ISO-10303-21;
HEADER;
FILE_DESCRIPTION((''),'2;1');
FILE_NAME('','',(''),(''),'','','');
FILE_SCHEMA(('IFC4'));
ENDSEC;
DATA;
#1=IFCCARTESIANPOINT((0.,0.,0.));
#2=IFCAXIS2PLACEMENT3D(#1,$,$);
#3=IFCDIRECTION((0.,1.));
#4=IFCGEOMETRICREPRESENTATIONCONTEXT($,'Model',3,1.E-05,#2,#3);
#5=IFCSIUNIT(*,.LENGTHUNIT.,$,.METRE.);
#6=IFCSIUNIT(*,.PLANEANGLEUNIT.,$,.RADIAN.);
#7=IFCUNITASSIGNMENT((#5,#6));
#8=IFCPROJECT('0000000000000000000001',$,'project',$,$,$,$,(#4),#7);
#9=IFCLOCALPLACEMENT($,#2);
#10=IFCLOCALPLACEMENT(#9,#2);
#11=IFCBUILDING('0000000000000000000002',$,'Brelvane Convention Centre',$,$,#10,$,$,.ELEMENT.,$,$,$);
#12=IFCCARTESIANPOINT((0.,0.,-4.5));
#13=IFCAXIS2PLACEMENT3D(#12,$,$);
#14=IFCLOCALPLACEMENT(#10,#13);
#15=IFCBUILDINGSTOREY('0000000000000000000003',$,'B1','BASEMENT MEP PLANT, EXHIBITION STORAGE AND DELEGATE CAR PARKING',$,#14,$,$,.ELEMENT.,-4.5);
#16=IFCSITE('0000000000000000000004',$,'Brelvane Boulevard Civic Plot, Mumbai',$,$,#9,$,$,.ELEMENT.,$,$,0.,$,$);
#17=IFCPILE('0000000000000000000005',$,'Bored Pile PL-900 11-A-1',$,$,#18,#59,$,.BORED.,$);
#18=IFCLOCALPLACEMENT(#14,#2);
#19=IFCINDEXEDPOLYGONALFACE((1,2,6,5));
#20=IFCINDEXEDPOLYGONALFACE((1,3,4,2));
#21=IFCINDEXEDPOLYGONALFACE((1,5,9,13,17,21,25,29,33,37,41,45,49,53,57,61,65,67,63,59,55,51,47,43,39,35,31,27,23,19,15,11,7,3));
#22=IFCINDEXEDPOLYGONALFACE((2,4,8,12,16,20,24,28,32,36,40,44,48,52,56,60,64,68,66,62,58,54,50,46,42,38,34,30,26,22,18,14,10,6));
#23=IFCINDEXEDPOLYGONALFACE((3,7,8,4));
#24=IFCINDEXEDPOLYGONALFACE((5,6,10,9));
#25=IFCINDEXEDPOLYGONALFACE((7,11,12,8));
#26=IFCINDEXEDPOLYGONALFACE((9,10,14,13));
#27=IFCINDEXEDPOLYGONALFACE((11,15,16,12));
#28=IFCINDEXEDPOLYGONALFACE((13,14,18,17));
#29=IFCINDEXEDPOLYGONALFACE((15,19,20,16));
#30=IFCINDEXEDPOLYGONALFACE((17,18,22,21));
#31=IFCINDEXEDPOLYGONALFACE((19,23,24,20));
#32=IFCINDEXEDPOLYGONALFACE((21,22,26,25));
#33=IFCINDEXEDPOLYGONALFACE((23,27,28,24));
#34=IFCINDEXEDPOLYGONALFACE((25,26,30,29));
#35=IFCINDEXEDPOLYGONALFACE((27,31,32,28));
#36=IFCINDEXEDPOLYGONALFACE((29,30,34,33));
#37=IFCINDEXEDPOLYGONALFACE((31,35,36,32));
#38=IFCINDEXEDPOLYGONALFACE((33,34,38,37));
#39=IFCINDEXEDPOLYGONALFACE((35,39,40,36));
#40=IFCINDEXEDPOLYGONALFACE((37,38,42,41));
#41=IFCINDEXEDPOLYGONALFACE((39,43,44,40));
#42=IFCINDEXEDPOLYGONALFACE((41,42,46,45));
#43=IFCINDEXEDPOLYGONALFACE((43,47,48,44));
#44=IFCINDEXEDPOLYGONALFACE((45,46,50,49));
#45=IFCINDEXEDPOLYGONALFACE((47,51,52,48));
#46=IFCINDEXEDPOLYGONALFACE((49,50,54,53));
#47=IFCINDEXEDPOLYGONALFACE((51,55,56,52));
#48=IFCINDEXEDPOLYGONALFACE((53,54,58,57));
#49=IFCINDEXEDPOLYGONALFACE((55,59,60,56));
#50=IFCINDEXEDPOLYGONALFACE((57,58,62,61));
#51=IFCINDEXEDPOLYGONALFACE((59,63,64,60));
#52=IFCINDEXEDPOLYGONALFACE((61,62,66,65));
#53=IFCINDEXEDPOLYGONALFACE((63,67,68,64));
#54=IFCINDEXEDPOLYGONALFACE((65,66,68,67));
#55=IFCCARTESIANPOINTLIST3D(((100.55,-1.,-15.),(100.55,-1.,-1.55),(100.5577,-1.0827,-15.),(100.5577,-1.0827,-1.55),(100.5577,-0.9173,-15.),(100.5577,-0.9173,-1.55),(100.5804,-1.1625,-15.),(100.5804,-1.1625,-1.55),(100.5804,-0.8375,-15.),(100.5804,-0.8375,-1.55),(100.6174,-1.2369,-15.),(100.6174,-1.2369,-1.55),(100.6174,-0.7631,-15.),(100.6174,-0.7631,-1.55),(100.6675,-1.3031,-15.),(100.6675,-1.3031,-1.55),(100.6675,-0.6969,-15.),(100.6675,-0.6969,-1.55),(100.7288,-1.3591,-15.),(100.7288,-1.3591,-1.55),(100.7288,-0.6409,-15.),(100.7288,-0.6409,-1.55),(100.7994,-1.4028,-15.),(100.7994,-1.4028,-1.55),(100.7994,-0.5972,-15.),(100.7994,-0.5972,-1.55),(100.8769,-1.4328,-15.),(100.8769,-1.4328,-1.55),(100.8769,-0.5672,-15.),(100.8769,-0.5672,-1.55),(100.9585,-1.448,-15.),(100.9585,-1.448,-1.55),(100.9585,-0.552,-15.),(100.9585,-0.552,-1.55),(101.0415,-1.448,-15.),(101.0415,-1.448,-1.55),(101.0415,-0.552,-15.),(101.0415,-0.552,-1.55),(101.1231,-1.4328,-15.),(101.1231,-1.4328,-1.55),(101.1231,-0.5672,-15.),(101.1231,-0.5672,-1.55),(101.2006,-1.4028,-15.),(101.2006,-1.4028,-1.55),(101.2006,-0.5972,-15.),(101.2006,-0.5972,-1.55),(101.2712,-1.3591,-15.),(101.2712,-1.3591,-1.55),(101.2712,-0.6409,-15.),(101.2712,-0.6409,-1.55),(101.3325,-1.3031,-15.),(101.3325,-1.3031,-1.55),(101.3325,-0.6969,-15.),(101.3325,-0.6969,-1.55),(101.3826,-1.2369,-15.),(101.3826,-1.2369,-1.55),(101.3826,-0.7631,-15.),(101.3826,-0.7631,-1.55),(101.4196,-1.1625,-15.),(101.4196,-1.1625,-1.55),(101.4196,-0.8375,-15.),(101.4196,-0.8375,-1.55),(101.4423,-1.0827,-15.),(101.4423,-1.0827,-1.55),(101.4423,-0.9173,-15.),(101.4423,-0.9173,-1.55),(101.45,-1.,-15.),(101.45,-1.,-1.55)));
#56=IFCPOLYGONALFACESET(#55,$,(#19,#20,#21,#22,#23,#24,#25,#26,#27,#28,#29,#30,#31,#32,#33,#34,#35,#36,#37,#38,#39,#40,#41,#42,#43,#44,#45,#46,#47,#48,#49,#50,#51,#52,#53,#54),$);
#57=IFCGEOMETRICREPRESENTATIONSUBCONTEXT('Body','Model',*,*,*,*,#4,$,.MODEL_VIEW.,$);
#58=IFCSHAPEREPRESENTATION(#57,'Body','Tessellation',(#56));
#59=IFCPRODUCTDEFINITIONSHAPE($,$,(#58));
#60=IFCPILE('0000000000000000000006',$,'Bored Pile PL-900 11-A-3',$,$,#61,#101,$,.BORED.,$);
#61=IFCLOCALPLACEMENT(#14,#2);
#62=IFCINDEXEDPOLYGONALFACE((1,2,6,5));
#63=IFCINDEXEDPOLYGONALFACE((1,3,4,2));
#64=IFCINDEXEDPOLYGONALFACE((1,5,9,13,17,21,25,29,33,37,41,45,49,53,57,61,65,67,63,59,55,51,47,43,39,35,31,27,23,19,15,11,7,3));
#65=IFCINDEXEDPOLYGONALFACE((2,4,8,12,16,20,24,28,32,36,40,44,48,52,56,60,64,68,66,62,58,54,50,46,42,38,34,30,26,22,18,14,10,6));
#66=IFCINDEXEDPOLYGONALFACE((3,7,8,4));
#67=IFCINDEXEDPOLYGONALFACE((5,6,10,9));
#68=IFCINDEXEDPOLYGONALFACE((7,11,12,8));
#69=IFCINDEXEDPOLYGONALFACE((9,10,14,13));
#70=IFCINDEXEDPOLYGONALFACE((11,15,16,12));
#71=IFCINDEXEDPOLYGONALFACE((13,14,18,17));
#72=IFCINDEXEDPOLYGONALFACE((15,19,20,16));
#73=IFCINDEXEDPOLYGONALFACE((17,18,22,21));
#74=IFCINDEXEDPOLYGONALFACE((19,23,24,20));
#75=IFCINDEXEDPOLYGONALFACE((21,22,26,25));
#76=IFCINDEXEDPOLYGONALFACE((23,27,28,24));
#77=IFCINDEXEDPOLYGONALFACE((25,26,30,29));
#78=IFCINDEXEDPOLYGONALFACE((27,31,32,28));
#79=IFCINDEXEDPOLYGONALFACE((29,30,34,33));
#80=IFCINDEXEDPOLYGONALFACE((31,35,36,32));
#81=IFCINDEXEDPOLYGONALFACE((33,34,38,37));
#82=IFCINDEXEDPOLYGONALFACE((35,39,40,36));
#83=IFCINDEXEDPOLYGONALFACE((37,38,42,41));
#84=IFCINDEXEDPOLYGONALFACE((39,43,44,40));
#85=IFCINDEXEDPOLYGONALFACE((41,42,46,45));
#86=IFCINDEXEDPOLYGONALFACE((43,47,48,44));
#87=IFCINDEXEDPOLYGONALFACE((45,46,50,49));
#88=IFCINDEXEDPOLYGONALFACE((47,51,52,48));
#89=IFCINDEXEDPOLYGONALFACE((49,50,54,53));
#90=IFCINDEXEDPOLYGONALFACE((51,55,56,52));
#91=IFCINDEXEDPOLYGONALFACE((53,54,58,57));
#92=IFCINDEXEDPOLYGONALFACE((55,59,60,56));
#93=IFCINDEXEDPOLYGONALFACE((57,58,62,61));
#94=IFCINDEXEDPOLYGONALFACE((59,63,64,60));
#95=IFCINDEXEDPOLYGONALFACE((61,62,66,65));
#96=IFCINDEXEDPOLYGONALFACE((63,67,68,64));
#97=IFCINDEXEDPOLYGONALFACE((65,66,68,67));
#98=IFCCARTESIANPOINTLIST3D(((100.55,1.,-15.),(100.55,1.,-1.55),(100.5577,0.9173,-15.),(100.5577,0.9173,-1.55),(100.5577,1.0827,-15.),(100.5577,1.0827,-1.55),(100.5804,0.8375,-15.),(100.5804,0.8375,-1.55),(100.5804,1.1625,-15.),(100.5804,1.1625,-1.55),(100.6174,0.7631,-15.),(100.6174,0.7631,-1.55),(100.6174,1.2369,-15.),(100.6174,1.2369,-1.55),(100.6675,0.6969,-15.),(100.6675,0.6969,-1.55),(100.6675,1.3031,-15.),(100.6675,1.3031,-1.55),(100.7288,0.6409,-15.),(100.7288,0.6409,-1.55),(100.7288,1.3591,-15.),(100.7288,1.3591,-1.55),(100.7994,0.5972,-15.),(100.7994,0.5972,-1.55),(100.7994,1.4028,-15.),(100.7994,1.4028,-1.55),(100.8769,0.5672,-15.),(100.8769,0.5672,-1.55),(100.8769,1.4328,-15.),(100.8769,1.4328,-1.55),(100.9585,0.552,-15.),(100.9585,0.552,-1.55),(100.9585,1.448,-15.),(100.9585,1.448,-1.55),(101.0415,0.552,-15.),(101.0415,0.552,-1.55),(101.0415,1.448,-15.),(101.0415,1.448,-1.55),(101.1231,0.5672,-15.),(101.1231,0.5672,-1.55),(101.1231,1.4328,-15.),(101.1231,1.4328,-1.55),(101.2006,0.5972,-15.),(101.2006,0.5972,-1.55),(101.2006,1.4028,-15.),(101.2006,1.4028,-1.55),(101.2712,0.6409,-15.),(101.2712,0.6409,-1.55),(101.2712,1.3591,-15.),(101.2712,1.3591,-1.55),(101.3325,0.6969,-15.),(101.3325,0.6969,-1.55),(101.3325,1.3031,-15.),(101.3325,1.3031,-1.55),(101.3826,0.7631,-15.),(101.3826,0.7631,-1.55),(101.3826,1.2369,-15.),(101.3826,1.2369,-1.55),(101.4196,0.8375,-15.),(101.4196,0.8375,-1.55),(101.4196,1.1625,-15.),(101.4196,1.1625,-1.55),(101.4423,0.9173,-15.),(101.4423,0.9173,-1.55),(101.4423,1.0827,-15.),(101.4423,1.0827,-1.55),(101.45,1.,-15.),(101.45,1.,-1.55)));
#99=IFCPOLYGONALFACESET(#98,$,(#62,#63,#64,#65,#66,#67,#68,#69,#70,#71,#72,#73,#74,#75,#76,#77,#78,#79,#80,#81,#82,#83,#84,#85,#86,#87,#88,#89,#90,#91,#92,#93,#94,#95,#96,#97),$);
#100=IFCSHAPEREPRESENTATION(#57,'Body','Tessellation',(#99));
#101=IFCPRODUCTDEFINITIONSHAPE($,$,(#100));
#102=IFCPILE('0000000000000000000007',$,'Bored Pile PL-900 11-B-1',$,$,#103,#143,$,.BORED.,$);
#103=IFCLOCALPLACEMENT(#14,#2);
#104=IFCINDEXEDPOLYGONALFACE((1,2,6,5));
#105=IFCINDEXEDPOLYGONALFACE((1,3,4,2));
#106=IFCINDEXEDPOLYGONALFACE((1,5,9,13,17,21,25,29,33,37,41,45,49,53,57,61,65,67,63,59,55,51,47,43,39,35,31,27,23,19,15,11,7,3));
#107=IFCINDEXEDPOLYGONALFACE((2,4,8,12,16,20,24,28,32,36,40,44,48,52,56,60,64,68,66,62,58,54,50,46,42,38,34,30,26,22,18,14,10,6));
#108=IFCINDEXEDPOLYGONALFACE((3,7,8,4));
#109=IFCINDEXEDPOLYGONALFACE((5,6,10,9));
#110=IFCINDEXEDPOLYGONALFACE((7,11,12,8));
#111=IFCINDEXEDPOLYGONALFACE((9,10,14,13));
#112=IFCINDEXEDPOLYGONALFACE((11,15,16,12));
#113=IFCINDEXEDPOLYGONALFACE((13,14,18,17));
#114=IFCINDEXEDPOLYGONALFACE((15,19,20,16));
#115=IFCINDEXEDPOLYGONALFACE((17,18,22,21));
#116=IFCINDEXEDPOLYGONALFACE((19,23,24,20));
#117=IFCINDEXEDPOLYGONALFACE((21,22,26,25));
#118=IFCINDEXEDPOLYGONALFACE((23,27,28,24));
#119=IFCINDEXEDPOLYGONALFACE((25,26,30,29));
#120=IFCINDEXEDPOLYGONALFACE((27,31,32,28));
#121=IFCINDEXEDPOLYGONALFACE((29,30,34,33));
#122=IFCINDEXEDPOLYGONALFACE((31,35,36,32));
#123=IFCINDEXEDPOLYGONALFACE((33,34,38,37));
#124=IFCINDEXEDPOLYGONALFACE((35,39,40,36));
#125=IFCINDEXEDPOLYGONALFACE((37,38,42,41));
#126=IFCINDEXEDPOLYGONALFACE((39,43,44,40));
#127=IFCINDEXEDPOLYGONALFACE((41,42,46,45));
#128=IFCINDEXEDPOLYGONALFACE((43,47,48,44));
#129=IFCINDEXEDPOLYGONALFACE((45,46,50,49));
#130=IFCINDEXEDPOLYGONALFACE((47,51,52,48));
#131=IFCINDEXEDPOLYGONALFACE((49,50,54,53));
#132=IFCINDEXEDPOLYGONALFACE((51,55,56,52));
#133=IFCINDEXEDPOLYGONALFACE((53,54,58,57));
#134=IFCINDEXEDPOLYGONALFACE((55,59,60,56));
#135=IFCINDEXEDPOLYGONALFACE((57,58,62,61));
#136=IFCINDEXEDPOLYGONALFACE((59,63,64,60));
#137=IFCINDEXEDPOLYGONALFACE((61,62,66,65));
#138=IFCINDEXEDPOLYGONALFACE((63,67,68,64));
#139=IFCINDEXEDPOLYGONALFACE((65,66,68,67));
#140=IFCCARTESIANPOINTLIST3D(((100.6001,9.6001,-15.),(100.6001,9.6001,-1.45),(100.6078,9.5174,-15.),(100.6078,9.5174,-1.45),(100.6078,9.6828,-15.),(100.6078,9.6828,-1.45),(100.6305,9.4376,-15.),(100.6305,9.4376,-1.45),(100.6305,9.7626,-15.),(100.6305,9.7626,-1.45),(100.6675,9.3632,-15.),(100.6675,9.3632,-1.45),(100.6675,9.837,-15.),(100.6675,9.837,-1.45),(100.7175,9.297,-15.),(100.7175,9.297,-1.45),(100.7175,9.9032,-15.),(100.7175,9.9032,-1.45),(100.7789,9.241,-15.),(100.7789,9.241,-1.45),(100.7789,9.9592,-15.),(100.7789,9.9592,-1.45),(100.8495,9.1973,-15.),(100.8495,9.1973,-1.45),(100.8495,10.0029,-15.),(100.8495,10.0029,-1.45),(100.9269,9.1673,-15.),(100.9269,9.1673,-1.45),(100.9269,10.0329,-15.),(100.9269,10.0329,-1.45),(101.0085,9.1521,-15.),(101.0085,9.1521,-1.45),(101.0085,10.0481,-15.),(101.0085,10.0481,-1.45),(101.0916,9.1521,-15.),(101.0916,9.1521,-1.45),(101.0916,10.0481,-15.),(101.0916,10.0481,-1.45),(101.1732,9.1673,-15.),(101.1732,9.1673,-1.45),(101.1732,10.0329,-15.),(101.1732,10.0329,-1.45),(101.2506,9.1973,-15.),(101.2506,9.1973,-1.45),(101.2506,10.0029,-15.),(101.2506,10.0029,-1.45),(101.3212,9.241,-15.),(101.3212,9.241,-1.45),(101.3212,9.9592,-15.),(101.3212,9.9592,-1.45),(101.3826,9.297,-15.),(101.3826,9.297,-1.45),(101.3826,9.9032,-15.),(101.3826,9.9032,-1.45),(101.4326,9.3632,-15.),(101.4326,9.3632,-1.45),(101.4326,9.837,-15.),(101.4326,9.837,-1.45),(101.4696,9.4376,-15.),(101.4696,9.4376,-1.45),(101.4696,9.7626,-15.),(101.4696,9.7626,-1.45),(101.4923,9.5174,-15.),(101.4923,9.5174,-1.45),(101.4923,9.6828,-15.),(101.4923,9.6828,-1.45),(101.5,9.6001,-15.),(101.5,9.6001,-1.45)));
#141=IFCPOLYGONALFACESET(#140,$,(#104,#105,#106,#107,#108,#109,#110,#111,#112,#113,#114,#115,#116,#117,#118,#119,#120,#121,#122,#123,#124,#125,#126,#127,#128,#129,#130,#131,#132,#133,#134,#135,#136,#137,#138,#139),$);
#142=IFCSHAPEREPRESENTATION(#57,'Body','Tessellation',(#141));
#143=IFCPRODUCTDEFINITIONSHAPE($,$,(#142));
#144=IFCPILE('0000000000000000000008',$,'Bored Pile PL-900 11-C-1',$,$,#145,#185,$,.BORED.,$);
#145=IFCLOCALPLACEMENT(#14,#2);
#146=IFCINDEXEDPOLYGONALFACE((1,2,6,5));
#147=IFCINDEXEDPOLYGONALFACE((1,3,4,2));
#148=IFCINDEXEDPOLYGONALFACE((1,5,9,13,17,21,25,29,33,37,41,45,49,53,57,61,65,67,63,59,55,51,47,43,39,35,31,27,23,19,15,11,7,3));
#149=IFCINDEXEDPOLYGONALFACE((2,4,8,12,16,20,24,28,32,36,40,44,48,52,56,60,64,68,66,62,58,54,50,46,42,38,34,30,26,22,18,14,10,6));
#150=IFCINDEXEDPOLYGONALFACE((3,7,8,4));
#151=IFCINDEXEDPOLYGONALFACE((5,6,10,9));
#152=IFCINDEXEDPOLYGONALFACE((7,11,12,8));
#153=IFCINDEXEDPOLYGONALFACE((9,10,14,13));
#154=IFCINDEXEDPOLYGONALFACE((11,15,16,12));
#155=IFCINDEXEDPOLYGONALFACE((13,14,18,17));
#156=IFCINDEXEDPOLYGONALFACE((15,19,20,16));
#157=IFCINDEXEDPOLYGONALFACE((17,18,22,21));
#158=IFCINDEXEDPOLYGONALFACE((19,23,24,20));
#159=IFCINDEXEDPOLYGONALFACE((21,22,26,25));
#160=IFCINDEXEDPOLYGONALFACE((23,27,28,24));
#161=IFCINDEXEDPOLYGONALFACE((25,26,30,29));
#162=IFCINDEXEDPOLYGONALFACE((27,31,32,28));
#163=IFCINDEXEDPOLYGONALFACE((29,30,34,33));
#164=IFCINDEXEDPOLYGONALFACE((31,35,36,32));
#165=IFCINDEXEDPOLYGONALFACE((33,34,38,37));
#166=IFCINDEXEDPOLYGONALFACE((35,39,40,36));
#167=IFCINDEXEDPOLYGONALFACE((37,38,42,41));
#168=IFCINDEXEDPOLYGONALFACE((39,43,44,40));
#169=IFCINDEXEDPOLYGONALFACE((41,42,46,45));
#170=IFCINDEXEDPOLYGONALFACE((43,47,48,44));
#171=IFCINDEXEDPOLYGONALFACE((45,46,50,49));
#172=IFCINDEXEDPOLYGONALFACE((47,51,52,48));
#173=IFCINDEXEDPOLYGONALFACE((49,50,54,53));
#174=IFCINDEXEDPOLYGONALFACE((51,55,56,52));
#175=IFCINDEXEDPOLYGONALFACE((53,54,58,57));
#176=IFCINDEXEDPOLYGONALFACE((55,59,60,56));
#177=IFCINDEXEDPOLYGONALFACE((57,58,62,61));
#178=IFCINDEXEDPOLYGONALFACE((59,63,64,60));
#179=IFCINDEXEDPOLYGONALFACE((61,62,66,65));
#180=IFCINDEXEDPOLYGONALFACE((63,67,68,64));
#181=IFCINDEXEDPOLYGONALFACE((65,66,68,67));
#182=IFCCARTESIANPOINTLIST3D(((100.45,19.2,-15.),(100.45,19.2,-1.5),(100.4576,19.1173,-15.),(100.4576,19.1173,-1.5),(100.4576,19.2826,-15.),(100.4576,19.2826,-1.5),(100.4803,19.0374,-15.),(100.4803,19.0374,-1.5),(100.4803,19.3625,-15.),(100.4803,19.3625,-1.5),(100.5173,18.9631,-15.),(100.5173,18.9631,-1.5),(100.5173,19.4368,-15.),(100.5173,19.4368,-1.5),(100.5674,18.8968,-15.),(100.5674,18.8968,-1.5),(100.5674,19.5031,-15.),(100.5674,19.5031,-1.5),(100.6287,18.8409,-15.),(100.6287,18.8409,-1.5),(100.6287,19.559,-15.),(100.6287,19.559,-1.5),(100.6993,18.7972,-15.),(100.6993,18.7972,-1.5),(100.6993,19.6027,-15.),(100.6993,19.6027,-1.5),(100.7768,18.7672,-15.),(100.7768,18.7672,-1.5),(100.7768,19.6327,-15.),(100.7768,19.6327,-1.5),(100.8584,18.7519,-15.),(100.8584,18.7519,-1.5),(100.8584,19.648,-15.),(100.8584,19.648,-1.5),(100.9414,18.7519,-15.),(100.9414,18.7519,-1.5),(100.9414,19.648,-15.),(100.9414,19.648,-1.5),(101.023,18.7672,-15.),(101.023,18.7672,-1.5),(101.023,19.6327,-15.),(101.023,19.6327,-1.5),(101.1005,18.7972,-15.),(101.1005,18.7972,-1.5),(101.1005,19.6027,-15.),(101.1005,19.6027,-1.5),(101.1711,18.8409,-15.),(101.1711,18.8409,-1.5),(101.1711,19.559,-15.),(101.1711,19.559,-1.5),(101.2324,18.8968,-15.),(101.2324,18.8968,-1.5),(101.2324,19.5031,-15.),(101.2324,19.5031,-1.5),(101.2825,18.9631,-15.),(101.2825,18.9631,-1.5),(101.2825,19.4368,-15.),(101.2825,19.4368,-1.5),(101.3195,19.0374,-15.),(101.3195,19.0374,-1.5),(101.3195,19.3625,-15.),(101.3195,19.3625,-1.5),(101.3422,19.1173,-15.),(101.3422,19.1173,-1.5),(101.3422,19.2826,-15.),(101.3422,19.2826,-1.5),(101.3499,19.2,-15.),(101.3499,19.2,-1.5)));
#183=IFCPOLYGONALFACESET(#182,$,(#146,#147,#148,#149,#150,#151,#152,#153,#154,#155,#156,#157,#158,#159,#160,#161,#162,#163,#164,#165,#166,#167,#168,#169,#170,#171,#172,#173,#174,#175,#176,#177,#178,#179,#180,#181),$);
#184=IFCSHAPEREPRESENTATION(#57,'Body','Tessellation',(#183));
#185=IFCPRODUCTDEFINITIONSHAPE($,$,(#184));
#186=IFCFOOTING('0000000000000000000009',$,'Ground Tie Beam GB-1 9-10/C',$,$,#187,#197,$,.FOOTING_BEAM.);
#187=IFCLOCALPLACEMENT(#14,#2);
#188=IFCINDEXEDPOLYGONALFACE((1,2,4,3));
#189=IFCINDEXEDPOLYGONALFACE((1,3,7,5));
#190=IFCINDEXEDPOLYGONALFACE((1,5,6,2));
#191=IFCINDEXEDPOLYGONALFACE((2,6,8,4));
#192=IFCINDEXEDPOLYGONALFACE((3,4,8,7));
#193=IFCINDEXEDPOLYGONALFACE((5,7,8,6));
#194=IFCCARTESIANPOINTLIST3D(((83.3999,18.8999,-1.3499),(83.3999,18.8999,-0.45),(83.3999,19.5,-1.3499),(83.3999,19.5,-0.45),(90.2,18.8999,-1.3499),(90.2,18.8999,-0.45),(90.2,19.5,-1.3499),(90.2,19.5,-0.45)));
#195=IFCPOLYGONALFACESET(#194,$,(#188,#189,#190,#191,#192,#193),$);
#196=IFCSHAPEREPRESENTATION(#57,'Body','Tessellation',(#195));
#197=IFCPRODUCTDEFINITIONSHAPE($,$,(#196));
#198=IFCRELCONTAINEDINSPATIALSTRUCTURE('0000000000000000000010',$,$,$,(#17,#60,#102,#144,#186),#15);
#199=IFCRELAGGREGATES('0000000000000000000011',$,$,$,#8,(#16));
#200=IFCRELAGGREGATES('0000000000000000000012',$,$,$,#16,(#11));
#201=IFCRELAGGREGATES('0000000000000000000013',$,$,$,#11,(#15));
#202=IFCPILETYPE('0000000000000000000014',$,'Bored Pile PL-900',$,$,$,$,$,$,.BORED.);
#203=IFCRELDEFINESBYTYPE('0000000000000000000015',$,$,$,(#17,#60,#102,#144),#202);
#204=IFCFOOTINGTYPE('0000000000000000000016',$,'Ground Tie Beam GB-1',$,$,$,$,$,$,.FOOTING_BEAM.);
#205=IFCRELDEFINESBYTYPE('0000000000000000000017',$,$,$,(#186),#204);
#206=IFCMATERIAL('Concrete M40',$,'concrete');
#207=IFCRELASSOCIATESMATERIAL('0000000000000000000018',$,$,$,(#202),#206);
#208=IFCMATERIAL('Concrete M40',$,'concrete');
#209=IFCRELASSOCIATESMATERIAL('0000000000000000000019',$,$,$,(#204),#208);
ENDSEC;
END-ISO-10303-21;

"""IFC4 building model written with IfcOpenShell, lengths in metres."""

from ifc_helpers import new_model, si_unit, direction, frame, origin, origin_2d, place, context, subcontext, project, spatial, rectangle, circle, extrude, material, material_profile, profile_set, type_object, element, save


model = new_model("IFC4")

# Units and contexts
model_context = context("Model", 3, precision=1e-05, world=origin(), true_north=direction((0.0, 1.0)))
body_context = subcontext(model_context, "Body", "Model", "MODEL_VIEW")
ifc_project = project(units=[si_unit("LENGTHUNIT", "METRE"), si_unit("PLANEANGLEUNIT", "RADIAN")], contexts=[model_context])

# Site, building, storey
site_placement = place(None, origin())
site = spatial("IfcSite", under=ifc_project, at=site_placement, Name="Brelvane Boulevard Civic Plot, Mumbai", CompositionType="ELEMENT", RefElevation=0.0)
building_placement = place(site_placement, origin())
building = spatial("IfcBuilding", under=site, at=building_placement, Name="Brelvane Convention Centre", CompositionType="ELEMENT")
storey_placement = place(building_placement, frame((0.0, 0.0, -4.5)))
storey = spatial("IfcBuildingStorey", under=building, at=storey_placement, Name="B1", Description="BASEMENT MEP PLANT, EXHIBITION STORAGE AND DELEGATE CAR PARKING", CompositionType="ELEMENT", Elevation=-4.5)

# Piles
ifc_material_1 = material(Name="Concrete M40", Category="concrete")
ifc_material_profile_1 = material_profile(ifc_material_1, circle(Radius=0.45, at=origin_2d()), Name="PILE D900")
ifc_profile_set_1 = profile_set([ifc_material_profile_1], Name="Concrete M40")
pile_type = type_object("IfcPileType", Name="Bored Pile PL-900", PredefinedType="BORED", material=ifc_profile_set_1)
for number, where, z_axis, x_axis, name in (
    (1, (101.0, -1.0, -1.55), (0.0, 0.0, -1.0), (1.0, 0.0, 0.0), "Bored Pile PL-900 11-A-1"),
    (2, (101.0, 1.0, -1.55), (0.0, 0.0, -1.0), (1.0, 0.0, 0.0), "Bored Pile PL-900 11-A-3"),
):
    element("IfcPile", number, at=place(storey_placement, frame(where, z_axis=z_axis, x_axis=x_axis)), inside=storey, type_object=pile_type, Name=name, PredefinedType="BORED", context=body_context, shape_type="SweptSolid", body=[
        extrude(circle(Radius=0.45, at=origin_2d()), origin(), (0.0, 0.0, 1.0), 13.45),
    ])
pile_1_placement = place(storey_placement, frame((101.05, 9.6001, -1.45), z_axis=(0.0, 0.0, -1.0), x_axis=(1.0, 0.0, 0.0)))
element("IfcPile", 3, at=pile_1_placement, inside=storey, type_object=pile_type, Name="Bored Pile PL-900 11-B-1", PredefinedType="BORED", context=body_context, shape_type="SweptSolid", body=[
    extrude(circle(Radius=0.45, at=origin_2d()), origin(), (0.0, 0.0, 1.0), 13.55),
])
pile_2_placement = place(storey_placement, frame((100.8999, 19.2, -1.5), z_axis=(0.0, 0.0, -1.0), x_axis=(1.0, 0.0, 0.0)))
element("IfcPile", 4, at=pile_2_placement, inside=storey, type_object=pile_type, Name="Bored Pile PL-900 11-C-1", PredefinedType="BORED", context=body_context, shape_type="SweptSolid", body=[
    extrude(circle(Radius=0.45, at=origin_2d()), origin(), (0.0, 0.0, 1.0), 13.5),
])

# Footing
ifc_material_2 = material(Name="Concrete M40", Category="concrete")
ifc_material_profile_2 = material_profile(ifc_material_2, rectangle(XDim=0.6001, YDim=0.8999, at=origin_2d()), Name="RC 600x900")
ifc_profile_set_2 = profile_set([ifc_material_profile_2], Name="Concrete M40")
footing_type_1 = type_object("IfcFootingType", Name="Ground Tie Beam GB-1", PredefinedType="FOOTING_BEAM", material=ifc_profile_set_2)
footing_1_placement = place(storey_placement, frame((83.3999, 19.2, -0.8999), z_axis=(1.0, 0.0, 0.0), x_axis=(0.0, 1.0, 0.0)))
element("IfcFooting", 5, at=footing_1_placement, inside=storey, type_object=footing_type_1, Name="Ground Tie Beam GB-1 9-10/C", PredefinedType="FOOTING_BEAM", context=body_context, shape_type="SweptSolid", body=[
    extrude(rectangle(XDim=0.6001, YDim=0.8999, at=origin_2d()), origin(), (0.0, 0.0, 1.0), 6.8),
])

save(model, "model.ifc")
